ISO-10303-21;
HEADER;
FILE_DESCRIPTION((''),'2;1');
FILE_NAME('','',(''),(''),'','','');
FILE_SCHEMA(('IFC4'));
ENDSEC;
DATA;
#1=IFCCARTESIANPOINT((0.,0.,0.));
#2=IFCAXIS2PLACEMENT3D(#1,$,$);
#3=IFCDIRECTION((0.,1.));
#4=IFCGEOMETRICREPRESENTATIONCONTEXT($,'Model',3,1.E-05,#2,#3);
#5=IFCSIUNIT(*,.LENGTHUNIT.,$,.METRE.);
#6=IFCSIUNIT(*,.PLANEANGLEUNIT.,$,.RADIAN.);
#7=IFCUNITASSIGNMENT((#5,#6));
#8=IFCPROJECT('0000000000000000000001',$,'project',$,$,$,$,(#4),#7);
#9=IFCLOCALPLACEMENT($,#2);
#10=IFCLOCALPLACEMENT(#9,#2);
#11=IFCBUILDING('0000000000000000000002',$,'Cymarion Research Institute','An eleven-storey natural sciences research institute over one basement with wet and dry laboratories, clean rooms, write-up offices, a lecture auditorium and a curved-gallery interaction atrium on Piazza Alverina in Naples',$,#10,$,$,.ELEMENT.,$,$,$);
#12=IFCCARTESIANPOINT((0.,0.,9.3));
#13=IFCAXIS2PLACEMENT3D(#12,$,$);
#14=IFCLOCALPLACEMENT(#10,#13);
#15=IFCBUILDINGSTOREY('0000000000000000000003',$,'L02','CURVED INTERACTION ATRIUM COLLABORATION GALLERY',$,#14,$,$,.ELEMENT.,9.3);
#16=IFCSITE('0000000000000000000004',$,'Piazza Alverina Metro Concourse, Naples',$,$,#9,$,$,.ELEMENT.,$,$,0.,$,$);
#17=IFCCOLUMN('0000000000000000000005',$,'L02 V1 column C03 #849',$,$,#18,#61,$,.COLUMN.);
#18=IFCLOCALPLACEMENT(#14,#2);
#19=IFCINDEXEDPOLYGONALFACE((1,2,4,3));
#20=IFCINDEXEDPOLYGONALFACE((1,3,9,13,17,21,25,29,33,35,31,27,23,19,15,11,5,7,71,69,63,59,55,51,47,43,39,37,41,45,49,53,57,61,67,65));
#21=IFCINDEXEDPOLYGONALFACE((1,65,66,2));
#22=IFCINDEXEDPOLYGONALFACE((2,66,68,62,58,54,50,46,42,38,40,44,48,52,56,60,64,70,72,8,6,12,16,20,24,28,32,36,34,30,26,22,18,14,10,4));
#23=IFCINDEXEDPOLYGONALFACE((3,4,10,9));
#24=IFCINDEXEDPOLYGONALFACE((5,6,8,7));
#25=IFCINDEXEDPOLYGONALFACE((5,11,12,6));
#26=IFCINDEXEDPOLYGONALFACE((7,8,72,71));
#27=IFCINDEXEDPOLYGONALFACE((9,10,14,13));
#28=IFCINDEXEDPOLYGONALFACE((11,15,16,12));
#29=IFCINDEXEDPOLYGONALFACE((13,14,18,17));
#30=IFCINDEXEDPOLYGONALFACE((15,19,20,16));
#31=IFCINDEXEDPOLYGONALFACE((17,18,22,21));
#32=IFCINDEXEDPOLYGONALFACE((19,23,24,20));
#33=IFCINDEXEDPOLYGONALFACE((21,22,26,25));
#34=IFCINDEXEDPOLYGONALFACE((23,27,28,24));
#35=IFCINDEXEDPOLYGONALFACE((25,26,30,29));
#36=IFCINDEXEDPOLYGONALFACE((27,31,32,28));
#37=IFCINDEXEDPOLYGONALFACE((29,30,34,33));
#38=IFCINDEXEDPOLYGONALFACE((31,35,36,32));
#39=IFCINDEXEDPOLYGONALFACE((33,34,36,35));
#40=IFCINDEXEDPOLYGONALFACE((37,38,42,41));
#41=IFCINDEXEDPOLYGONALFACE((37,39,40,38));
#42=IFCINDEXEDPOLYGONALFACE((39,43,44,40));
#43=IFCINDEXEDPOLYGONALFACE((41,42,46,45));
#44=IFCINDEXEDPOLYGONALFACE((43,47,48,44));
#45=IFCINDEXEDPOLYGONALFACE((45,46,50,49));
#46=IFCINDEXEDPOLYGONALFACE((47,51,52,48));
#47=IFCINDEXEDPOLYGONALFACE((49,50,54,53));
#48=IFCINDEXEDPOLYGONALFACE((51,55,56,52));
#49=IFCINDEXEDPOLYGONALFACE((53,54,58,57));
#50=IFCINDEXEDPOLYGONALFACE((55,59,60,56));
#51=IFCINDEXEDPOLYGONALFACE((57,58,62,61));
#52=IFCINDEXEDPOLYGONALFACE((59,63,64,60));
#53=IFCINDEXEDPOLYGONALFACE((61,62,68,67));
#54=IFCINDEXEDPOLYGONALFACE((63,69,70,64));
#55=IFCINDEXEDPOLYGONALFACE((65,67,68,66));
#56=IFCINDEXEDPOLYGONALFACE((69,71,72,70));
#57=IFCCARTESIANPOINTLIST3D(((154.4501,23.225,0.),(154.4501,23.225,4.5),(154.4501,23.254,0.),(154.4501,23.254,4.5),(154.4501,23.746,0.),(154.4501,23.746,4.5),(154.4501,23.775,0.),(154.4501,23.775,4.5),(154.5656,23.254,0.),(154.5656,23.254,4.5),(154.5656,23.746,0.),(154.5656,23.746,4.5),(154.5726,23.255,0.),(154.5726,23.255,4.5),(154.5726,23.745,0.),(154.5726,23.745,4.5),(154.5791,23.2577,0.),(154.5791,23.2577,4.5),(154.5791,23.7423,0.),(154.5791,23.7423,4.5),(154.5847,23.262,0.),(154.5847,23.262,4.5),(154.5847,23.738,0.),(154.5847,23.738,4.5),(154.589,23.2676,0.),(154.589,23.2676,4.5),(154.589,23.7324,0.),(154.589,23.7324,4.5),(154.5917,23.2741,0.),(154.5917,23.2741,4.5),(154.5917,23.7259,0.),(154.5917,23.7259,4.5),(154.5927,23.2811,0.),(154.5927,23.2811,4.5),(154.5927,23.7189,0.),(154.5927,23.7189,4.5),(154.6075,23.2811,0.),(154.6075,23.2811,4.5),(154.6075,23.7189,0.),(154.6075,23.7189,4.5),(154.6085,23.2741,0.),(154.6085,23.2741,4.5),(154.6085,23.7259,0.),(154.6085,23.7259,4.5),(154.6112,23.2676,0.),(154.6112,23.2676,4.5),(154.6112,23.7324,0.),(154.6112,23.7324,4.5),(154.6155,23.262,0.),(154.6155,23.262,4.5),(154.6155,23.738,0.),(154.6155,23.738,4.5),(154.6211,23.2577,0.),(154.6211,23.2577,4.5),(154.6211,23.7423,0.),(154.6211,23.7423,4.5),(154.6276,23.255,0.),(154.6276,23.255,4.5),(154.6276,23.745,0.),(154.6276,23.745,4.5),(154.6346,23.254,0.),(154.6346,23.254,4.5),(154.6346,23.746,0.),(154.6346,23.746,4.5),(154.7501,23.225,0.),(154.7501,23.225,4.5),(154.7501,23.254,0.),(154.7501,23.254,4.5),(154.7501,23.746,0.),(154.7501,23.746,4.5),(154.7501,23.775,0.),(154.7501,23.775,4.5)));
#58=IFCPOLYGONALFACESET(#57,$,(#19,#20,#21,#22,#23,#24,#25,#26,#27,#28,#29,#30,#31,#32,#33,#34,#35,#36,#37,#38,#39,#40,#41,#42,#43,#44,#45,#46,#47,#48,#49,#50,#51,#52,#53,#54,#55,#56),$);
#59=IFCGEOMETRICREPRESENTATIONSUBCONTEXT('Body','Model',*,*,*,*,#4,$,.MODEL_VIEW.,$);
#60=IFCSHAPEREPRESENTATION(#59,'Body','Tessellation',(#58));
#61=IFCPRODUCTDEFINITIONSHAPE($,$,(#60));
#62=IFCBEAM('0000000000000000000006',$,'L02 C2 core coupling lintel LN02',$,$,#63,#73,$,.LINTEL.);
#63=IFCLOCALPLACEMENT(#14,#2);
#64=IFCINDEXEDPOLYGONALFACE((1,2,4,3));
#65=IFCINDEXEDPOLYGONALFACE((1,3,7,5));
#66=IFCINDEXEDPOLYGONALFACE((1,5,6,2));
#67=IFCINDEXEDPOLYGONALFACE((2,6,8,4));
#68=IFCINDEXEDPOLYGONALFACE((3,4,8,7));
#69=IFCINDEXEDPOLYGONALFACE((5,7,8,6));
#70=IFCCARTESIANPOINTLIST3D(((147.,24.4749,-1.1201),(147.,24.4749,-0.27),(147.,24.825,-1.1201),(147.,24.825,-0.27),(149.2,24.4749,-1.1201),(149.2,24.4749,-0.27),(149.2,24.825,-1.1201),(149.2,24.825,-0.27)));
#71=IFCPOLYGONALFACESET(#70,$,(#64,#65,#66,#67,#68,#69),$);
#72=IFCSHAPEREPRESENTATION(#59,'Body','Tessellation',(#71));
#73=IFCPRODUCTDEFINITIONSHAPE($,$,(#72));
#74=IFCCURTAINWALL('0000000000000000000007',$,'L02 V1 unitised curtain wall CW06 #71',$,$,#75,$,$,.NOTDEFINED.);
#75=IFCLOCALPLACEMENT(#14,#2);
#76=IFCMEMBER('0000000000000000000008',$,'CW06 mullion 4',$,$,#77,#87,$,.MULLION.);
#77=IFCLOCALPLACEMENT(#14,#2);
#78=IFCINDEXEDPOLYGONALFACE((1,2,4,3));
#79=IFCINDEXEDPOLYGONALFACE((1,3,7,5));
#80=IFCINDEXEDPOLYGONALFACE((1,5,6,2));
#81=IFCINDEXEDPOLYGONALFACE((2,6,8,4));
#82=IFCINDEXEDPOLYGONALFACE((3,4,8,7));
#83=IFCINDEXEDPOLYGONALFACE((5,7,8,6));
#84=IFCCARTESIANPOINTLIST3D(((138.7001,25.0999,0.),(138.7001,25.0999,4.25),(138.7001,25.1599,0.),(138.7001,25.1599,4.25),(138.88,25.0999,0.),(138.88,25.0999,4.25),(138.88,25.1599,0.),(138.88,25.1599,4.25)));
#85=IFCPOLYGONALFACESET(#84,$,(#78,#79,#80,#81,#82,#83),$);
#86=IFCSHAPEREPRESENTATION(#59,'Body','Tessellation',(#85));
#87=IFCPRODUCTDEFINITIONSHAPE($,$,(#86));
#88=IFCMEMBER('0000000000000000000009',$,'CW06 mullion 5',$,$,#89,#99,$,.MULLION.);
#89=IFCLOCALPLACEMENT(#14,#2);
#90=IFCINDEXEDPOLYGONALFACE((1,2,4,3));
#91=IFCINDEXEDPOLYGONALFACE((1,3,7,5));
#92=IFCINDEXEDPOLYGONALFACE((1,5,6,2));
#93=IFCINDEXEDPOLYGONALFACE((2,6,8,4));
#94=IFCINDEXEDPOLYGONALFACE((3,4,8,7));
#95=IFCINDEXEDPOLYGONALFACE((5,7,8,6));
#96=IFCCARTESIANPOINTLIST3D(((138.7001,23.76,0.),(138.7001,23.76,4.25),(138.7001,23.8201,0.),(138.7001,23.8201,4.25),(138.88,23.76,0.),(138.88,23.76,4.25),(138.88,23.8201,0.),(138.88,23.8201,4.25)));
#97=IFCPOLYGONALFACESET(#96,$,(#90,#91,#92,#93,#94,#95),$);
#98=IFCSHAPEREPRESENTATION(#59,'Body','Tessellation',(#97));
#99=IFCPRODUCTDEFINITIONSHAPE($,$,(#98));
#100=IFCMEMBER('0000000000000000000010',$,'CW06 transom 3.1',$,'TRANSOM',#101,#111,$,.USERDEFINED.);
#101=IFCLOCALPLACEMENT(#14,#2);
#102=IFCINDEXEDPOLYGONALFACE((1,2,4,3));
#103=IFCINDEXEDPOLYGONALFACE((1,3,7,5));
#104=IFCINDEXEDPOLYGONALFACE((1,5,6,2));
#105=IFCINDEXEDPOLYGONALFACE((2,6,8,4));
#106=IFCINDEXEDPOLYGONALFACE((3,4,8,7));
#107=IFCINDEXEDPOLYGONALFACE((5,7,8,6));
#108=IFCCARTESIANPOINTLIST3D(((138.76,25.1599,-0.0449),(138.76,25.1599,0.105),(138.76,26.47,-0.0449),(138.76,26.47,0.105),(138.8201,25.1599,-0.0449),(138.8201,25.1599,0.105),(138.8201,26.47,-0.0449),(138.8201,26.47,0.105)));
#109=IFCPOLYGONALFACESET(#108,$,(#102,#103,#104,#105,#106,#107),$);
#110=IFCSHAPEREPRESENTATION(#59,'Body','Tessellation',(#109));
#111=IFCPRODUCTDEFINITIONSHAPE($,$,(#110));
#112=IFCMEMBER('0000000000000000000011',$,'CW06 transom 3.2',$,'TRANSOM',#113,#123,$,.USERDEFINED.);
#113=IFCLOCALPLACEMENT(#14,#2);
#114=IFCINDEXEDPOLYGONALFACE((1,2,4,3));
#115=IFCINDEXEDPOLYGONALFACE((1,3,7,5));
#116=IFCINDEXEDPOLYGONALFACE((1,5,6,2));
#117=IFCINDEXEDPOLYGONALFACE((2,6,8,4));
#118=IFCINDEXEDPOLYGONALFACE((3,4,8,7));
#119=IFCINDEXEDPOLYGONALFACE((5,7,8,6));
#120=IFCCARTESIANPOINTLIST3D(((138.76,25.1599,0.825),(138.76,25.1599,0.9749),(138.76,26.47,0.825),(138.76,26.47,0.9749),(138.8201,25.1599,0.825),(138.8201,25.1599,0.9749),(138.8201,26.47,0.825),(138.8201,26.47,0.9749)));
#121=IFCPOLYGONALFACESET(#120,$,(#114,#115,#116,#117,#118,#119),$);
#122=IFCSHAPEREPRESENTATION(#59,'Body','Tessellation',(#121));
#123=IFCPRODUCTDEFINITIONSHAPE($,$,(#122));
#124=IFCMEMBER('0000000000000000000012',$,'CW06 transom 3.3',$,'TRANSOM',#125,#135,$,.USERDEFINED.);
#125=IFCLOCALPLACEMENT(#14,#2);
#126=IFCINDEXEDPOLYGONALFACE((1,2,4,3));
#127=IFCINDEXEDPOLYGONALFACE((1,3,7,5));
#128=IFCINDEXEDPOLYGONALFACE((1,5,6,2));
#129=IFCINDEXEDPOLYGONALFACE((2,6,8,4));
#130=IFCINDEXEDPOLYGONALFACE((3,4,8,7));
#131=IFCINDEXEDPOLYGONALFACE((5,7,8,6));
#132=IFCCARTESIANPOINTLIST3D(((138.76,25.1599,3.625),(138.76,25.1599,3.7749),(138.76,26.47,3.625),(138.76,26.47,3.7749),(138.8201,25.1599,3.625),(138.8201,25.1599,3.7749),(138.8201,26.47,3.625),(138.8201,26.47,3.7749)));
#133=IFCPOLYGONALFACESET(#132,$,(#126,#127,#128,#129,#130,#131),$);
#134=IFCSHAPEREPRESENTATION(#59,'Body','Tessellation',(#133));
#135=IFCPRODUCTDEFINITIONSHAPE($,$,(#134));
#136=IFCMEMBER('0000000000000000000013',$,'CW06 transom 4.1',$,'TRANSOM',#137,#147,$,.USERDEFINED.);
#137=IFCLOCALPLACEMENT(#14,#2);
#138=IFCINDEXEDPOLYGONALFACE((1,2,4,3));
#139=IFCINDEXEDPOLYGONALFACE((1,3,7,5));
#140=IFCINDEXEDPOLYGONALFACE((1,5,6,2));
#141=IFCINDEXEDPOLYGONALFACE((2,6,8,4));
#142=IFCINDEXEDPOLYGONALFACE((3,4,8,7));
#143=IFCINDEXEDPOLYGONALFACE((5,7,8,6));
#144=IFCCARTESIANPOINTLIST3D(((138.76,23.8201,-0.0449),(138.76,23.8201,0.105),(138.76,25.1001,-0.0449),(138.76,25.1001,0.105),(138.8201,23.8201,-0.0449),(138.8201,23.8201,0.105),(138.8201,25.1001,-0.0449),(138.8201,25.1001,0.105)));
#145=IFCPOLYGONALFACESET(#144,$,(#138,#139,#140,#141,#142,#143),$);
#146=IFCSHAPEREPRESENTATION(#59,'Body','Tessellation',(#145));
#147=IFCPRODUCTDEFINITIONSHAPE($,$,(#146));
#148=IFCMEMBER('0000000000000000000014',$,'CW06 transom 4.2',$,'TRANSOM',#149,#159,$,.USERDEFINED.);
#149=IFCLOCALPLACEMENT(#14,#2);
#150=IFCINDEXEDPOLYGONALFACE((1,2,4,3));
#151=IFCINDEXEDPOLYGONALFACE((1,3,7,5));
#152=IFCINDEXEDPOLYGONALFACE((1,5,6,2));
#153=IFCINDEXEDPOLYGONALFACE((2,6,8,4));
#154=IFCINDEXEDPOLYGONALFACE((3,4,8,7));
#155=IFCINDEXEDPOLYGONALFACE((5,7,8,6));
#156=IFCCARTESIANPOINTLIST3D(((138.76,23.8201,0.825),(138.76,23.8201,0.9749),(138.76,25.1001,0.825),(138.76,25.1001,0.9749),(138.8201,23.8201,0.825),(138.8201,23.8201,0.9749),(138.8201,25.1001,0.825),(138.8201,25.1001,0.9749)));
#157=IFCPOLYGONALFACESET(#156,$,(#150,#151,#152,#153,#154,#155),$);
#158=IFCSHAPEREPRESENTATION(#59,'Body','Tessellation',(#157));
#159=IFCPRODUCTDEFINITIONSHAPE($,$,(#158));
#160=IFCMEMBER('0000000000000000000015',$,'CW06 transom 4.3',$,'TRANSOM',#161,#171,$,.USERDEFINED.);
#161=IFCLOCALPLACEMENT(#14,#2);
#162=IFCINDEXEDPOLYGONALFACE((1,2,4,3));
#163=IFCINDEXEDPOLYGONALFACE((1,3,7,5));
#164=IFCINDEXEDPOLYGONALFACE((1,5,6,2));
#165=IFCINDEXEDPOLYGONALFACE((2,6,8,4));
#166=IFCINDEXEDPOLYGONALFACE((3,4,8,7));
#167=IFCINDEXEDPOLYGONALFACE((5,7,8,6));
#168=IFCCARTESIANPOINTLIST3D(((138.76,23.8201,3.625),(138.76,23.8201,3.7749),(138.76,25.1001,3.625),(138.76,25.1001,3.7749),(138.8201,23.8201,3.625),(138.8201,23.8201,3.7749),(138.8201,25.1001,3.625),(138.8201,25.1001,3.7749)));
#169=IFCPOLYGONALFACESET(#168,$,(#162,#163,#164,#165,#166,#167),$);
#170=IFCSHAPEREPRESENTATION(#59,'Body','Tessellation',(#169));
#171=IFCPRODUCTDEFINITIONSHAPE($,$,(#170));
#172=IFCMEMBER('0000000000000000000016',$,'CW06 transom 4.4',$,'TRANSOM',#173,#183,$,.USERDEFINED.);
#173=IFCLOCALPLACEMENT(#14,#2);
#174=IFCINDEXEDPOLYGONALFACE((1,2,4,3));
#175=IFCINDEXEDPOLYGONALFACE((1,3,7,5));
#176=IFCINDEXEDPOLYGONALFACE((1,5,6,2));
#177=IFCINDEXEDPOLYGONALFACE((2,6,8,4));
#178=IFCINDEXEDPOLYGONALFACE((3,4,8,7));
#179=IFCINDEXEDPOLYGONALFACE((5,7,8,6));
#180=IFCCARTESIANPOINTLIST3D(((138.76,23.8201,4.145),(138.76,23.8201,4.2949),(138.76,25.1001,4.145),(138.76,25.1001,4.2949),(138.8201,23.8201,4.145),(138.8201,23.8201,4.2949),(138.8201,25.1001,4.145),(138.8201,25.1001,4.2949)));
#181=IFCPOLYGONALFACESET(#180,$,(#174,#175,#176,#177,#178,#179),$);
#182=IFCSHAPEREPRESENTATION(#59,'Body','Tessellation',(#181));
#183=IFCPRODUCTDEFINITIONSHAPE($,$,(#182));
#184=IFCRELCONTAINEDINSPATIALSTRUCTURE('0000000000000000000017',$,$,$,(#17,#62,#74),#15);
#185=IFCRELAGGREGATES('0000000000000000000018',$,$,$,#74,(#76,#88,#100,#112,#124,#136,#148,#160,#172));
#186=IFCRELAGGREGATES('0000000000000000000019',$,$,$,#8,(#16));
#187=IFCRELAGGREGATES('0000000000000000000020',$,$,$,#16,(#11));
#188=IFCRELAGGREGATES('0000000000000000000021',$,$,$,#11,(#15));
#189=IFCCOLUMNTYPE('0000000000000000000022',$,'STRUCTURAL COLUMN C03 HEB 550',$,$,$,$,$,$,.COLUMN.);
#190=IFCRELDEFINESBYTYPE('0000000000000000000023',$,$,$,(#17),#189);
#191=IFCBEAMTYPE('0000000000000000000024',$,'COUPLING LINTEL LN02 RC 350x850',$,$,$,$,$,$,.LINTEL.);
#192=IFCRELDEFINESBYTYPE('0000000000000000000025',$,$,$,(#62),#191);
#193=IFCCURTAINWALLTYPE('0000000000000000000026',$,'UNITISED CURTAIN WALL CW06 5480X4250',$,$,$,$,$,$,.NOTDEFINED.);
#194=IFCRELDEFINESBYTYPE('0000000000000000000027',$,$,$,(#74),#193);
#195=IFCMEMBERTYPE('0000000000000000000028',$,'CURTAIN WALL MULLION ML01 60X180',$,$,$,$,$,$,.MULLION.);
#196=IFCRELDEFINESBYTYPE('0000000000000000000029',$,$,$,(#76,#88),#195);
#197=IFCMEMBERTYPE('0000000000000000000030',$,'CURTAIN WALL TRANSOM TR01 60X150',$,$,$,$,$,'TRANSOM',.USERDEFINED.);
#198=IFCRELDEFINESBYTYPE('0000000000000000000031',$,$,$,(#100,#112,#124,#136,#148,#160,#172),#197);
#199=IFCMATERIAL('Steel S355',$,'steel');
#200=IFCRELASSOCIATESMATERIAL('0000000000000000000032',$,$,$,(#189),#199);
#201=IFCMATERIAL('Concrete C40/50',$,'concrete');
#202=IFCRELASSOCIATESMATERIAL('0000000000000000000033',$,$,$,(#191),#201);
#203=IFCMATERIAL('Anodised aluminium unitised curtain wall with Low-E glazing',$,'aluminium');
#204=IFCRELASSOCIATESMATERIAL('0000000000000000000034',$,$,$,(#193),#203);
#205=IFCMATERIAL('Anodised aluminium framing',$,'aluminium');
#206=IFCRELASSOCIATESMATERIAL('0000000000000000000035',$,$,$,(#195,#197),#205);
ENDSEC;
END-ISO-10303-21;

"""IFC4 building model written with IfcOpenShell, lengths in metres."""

from ifc_helpers import new_model, si_unit, direction, frame, origin, origin_2d, place, context, subcontext, project, spatial, rectangle, i_section, extrude, material, material_profile, profile_set, type_object, element, aggregate, save


model = new_model("IFC4")

# Units and contexts
model_context = context("Model", 3, precision=1e-05, world=origin(), true_north=direction((0.0, 1.0)))
body_context = subcontext(model_context, "Body", "Model", "MODEL_VIEW")
ifc_project = project(units=[si_unit("LENGTHUNIT", "METRE"), si_unit("PLANEANGLEUNIT", "RADIAN")], contexts=[model_context])

# Site, building, storey
site_placement = place(None, origin())
site = spatial("IfcSite", under=ifc_project, at=site_placement, Name="Piazza Alverina Metro Concourse, Naples", CompositionType="ELEMENT", RefElevation=0.0)
building_placement = place(site_placement, origin())
building = spatial("IfcBuilding", under=site, at=building_placement, Name="Cymarion Research Institute", Description="An eleven-storey natural sciences research institute over one basement with wet and dry laboratories, clean rooms, write-up offices, a lecture auditorium and a curved-gallery interaction atrium on Piazza Alverina in Naples", CompositionType="ELEMENT")
storey_placement = place(building_placement, frame((0.0, 0.0, 9.3)))
storey = spatial("IfcBuildingStorey", under=building, at=storey_placement, Name="L02", Description="CURVED INTERACTION ATRIUM COLLABORATION GALLERY", CompositionType="ELEMENT", Elevation=9.3)

# Column
ifc_material_1 = material(Name="Steel S355", Category="steel")
ifc_material_profile_1 = material_profile(ifc_material_1, i_section(OverallWidth=0.3, OverallDepth=0.55, WebThickness=0.0149, FlangeThickness=0.0291, FilletRadius=0.0271, at=origin_2d()), Name="HEB 550")
ifc_profile_set_1 = profile_set([ifc_material_profile_1], Name="Steel S355")
column_type = type_object("IfcColumnType", Name="STRUCTURAL COLUMN C03 HEB 550", PredefinedType="COLUMN", material=ifc_profile_set_1)
column_placement = place(storey_placement, frame((154.6001, 23.5, 0.0), z_axis=(0.0, 0.0, 1.0), x_axis=(1.0, 0.0, 0.0)))
element("IfcColumn", 1, at=column_placement, inside=storey, type_object=column_type, Name="L02 V1 column C03 #849", PredefinedType="COLUMN", context=body_context, shape_type="SweptSolid", body=[
    extrude(i_section(OverallWidth=0.3, OverallDepth=0.55, WebThickness=0.0149, FlangeThickness=0.0291, FilletRadius=0.0271, at=origin_2d()), origin(), (0.0, 0.0, 1.0), 4.5),
])

# Beam
ifc_material_2 = material(Name="Concrete C40/50", Category="concrete")
ifc_material_profile_2 = material_profile(ifc_material_2, rectangle(XDim=0.3501, YDim=0.8501, at=origin_2d()), Name="RC 350x850")
ifc_profile_set_2 = profile_set([ifc_material_profile_2], Name="Concrete C40/50")
beam_type_1 = type_object("IfcBeamType", Name="COUPLING LINTEL LN02 RC 350x850", PredefinedType="LINTEL", material=ifc_profile_set_2)
beam_1_placement = place(storey_placement, frame((147.0, 24.6499, -0.6951), z_axis=(1.0, 0.0, 0.0), x_axis=(0.0, 1.0, 0.0)))
element("IfcBeam", 2, at=beam_1_placement, inside=storey, type_object=beam_type_1, Name="L02 C2 core coupling lintel LN02", PredefinedType="LINTEL", context=body_context, shape_type="SweptSolid", body=[
    extrude(rectangle(XDim=0.3501, YDim=0.8501, at=origin_2d()), origin(), (0.0, 0.0, 1.0), 2.2),
])

# Curtain wall, members
ifc_material_3 = material(Name="Anodised aluminium unitised curtain wall with Low-E glazing", Category="aluminium")
curtain_wall_type = type_object("IfcCurtainWallType", Name="UNITISED CURTAIN WALL CW06 5480X4250", PredefinedType="NOTDEFINED", material=ifc_material_3)
curtain_wall_placement = place(storey_placement, origin())
curtain_wall = element("IfcCurtainWall", 3, at=curtain_wall_placement, inside=storey, type_object=curtain_wall_type, Name="L02 V1 unitised curtain wall CW06 #71", PredefinedType="NOTDEFINED")
ifc_material_4 = material(Name="Anodised aluminium framing", Category="aluminium")
ifc_material_profile_3 = material_profile(ifc_material_4, rectangle(XDim=0.0601, YDim=0.1799, at=origin_2d()), Name="ALU MULLION 60x180")
ifc_profile_set_3 = profile_set([ifc_material_profile_3], Name="Anodised aluminium framing")
member_type_1 = type_object("IfcMemberType", Name="CURTAIN WALL MULLION ML01 60X180", PredefinedType="MULLION", material=ifc_profile_set_3)
member_1_placement = place(storey_placement, frame((138.79, 25.1299, 0.0), z_axis=(0.0, 0.0, 1.0), x_axis=(0.0, -1.0, 0.0)))
member_1 = element("IfcMember", 4, at=member_1_placement, type_object=member_type_1, Name="CW06 mullion 4", PredefinedType="MULLION", context=body_context, shape_type="SweptSolid", body=[
    extrude(rectangle(XDim=0.0601, YDim=0.1799, at=origin_2d()), origin(), (0.0, 0.0, 1.0), 4.25),
])
member_2_placement = place(storey_placement, frame((138.79, 23.79, 0.0), z_axis=(0.0, 0.0, 1.0), x_axis=(0.0, -1.0, 0.0)))
member_2 = element("IfcMember", 5, at=member_2_placement, type_object=member_type_1, Name="CW06 mullion 5", PredefinedType="MULLION", context=body_context, shape_type="SweptSolid", body=[
    extrude(rectangle(XDim=0.0601, YDim=0.1799, at=origin_2d()), origin(), (0.0, 0.0, 1.0), 4.25),
])
ifc_material_profile_4 = material_profile(ifc_material_4, rectangle(XDim=0.0601, YDim=0.1499, at=origin_2d()), Name="ALU TRANSOM 60x150")
ifc_profile_set_4 = profile_set([ifc_material_profile_4], Name="Anodised aluminium framing")
member_type_2 = type_object("IfcMemberType", Name="CURTAIN WALL TRANSOM TR01 60X150", ElementType="TRANSOM", PredefinedType="USERDEFINED", material=ifc_profile_set_4)
member_3_placement = place(storey_placement, frame((138.79, 26.47, 0.03), z_axis=(0.0, -1.0, 0.0), x_axis=(1.0, 0.0, 0.0)))
member_3 = element("IfcMember", 6, at=member_3_placement, type_object=member_type_2, Name="CW06 transom 3.1", ObjectType="TRANSOM", PredefinedType="USERDEFINED", context=body_context, shape_type="SweptSolid", body=[
    extrude(rectangle(XDim=0.0601, YDim=0.1499, at=origin_2d()), origin(), (0.0, 0.0, 1.0), 1.3101),
])
member_4_placement = place(storey_placement, frame((138.79, 26.47, 0.8999), z_axis=(0.0, -1.0, 0.0), x_axis=(1.0, 0.0, 0.0)))
member_4 = element("IfcMember", 7, at=member_4_placement, type_object=member_type_2, Name="CW06 transom 3.2", ObjectType="TRANSOM", PredefinedType="USERDEFINED", context=body_context, shape_type="SweptSolid", body=[
    extrude(rectangle(XDim=0.0601, YDim=0.1499, at=origin_2d()), origin(), (0.0, 0.0, 1.0), 1.3101),
])
member_5_placement = place(storey_placement, frame((138.79, 26.47, 3.7), z_axis=(0.0, -1.0, 0.0), x_axis=(1.0, 0.0, 0.0)))
member_5 = element("IfcMember", 8, at=member_5_placement, type_object=member_type_2, Name="CW06 transom 3.3", ObjectType="TRANSOM", PredefinedType="USERDEFINED", context=body_context, shape_type="SweptSolid", body=[
    extrude(rectangle(XDim=0.0601, YDim=0.1499, at=origin_2d()), origin(), (0.0, 0.0, 1.0), 1.3101),
])
member_6_placement = place(storey_placement, frame((138.79, 25.1001, 0.03), z_axis=(0.0, -1.0, 0.0), x_axis=(1.0, 0.0, 0.0)))
member_6 = element("IfcMember", 9, at=member_6_placement, type_object=member_type_2, Name="CW06 transom 4.1", ObjectType="TRANSOM", PredefinedType="USERDEFINED", context=body_context, shape_type="SweptSolid", body=[
    extrude(rectangle(XDim=0.0601, YDim=0.1499, at=origin_2d()), origin(), (0.0, 0.0, 1.0), 1.28),
])
member_7_placement = place(storey_placement, frame((138.79, 25.1001, 0.8999), z_axis=(0.0, -1.0, 0.0), x_axis=(1.0, 0.0, 0.0)))
member_7 = element("IfcMember", 10, at=member_7_placement, type_object=member_type_2, Name="CW06 transom 4.2", ObjectType="TRANSOM", PredefinedType="USERDEFINED", context=body_context, shape_type="SweptSolid", body=[
    extrude(rectangle(XDim=0.0601, YDim=0.1499, at=origin_2d()), origin(), (0.0, 0.0, 1.0), 1.28),
])
member_8_placement = place(storey_placement, frame((138.79, 25.1001, 3.7), z_axis=(0.0, -1.0, 0.0), x_axis=(1.0, 0.0, 0.0)))
member_8 = element("IfcMember", 11, at=member_8_placement, type_object=member_type_2, Name="CW06 transom 4.3", ObjectType="TRANSOM", PredefinedType="USERDEFINED", context=body_context, shape_type="SweptSolid", body=[
    extrude(rectangle(XDim=0.0601, YDim=0.1499, at=origin_2d()), origin(), (0.0, 0.0, 1.0), 1.28),
])
member_9_placement = place(storey_placement, frame((138.79, 25.1001, 4.22), z_axis=(0.0, -1.0, 0.0), x_axis=(1.0, 0.0, 0.0)))
member_9 = element("IfcMember", 12, at=member_9_placement, type_object=member_type_2, Name="CW06 transom 4.4", ObjectType="TRANSOM", PredefinedType="USERDEFINED", context=body_context, shape_type="SweptSolid", body=[
    extrude(rectangle(XDim=0.0601, YDim=0.1499, at=origin_2d()), origin(), (0.0, 0.0, 1.0), 1.28),
])

aggregate(curtain_wall, [member_1, member_2, member_3, member_4, member_5, member_6, member_7, member_8, member_9])

save(model, "model.ifc")
